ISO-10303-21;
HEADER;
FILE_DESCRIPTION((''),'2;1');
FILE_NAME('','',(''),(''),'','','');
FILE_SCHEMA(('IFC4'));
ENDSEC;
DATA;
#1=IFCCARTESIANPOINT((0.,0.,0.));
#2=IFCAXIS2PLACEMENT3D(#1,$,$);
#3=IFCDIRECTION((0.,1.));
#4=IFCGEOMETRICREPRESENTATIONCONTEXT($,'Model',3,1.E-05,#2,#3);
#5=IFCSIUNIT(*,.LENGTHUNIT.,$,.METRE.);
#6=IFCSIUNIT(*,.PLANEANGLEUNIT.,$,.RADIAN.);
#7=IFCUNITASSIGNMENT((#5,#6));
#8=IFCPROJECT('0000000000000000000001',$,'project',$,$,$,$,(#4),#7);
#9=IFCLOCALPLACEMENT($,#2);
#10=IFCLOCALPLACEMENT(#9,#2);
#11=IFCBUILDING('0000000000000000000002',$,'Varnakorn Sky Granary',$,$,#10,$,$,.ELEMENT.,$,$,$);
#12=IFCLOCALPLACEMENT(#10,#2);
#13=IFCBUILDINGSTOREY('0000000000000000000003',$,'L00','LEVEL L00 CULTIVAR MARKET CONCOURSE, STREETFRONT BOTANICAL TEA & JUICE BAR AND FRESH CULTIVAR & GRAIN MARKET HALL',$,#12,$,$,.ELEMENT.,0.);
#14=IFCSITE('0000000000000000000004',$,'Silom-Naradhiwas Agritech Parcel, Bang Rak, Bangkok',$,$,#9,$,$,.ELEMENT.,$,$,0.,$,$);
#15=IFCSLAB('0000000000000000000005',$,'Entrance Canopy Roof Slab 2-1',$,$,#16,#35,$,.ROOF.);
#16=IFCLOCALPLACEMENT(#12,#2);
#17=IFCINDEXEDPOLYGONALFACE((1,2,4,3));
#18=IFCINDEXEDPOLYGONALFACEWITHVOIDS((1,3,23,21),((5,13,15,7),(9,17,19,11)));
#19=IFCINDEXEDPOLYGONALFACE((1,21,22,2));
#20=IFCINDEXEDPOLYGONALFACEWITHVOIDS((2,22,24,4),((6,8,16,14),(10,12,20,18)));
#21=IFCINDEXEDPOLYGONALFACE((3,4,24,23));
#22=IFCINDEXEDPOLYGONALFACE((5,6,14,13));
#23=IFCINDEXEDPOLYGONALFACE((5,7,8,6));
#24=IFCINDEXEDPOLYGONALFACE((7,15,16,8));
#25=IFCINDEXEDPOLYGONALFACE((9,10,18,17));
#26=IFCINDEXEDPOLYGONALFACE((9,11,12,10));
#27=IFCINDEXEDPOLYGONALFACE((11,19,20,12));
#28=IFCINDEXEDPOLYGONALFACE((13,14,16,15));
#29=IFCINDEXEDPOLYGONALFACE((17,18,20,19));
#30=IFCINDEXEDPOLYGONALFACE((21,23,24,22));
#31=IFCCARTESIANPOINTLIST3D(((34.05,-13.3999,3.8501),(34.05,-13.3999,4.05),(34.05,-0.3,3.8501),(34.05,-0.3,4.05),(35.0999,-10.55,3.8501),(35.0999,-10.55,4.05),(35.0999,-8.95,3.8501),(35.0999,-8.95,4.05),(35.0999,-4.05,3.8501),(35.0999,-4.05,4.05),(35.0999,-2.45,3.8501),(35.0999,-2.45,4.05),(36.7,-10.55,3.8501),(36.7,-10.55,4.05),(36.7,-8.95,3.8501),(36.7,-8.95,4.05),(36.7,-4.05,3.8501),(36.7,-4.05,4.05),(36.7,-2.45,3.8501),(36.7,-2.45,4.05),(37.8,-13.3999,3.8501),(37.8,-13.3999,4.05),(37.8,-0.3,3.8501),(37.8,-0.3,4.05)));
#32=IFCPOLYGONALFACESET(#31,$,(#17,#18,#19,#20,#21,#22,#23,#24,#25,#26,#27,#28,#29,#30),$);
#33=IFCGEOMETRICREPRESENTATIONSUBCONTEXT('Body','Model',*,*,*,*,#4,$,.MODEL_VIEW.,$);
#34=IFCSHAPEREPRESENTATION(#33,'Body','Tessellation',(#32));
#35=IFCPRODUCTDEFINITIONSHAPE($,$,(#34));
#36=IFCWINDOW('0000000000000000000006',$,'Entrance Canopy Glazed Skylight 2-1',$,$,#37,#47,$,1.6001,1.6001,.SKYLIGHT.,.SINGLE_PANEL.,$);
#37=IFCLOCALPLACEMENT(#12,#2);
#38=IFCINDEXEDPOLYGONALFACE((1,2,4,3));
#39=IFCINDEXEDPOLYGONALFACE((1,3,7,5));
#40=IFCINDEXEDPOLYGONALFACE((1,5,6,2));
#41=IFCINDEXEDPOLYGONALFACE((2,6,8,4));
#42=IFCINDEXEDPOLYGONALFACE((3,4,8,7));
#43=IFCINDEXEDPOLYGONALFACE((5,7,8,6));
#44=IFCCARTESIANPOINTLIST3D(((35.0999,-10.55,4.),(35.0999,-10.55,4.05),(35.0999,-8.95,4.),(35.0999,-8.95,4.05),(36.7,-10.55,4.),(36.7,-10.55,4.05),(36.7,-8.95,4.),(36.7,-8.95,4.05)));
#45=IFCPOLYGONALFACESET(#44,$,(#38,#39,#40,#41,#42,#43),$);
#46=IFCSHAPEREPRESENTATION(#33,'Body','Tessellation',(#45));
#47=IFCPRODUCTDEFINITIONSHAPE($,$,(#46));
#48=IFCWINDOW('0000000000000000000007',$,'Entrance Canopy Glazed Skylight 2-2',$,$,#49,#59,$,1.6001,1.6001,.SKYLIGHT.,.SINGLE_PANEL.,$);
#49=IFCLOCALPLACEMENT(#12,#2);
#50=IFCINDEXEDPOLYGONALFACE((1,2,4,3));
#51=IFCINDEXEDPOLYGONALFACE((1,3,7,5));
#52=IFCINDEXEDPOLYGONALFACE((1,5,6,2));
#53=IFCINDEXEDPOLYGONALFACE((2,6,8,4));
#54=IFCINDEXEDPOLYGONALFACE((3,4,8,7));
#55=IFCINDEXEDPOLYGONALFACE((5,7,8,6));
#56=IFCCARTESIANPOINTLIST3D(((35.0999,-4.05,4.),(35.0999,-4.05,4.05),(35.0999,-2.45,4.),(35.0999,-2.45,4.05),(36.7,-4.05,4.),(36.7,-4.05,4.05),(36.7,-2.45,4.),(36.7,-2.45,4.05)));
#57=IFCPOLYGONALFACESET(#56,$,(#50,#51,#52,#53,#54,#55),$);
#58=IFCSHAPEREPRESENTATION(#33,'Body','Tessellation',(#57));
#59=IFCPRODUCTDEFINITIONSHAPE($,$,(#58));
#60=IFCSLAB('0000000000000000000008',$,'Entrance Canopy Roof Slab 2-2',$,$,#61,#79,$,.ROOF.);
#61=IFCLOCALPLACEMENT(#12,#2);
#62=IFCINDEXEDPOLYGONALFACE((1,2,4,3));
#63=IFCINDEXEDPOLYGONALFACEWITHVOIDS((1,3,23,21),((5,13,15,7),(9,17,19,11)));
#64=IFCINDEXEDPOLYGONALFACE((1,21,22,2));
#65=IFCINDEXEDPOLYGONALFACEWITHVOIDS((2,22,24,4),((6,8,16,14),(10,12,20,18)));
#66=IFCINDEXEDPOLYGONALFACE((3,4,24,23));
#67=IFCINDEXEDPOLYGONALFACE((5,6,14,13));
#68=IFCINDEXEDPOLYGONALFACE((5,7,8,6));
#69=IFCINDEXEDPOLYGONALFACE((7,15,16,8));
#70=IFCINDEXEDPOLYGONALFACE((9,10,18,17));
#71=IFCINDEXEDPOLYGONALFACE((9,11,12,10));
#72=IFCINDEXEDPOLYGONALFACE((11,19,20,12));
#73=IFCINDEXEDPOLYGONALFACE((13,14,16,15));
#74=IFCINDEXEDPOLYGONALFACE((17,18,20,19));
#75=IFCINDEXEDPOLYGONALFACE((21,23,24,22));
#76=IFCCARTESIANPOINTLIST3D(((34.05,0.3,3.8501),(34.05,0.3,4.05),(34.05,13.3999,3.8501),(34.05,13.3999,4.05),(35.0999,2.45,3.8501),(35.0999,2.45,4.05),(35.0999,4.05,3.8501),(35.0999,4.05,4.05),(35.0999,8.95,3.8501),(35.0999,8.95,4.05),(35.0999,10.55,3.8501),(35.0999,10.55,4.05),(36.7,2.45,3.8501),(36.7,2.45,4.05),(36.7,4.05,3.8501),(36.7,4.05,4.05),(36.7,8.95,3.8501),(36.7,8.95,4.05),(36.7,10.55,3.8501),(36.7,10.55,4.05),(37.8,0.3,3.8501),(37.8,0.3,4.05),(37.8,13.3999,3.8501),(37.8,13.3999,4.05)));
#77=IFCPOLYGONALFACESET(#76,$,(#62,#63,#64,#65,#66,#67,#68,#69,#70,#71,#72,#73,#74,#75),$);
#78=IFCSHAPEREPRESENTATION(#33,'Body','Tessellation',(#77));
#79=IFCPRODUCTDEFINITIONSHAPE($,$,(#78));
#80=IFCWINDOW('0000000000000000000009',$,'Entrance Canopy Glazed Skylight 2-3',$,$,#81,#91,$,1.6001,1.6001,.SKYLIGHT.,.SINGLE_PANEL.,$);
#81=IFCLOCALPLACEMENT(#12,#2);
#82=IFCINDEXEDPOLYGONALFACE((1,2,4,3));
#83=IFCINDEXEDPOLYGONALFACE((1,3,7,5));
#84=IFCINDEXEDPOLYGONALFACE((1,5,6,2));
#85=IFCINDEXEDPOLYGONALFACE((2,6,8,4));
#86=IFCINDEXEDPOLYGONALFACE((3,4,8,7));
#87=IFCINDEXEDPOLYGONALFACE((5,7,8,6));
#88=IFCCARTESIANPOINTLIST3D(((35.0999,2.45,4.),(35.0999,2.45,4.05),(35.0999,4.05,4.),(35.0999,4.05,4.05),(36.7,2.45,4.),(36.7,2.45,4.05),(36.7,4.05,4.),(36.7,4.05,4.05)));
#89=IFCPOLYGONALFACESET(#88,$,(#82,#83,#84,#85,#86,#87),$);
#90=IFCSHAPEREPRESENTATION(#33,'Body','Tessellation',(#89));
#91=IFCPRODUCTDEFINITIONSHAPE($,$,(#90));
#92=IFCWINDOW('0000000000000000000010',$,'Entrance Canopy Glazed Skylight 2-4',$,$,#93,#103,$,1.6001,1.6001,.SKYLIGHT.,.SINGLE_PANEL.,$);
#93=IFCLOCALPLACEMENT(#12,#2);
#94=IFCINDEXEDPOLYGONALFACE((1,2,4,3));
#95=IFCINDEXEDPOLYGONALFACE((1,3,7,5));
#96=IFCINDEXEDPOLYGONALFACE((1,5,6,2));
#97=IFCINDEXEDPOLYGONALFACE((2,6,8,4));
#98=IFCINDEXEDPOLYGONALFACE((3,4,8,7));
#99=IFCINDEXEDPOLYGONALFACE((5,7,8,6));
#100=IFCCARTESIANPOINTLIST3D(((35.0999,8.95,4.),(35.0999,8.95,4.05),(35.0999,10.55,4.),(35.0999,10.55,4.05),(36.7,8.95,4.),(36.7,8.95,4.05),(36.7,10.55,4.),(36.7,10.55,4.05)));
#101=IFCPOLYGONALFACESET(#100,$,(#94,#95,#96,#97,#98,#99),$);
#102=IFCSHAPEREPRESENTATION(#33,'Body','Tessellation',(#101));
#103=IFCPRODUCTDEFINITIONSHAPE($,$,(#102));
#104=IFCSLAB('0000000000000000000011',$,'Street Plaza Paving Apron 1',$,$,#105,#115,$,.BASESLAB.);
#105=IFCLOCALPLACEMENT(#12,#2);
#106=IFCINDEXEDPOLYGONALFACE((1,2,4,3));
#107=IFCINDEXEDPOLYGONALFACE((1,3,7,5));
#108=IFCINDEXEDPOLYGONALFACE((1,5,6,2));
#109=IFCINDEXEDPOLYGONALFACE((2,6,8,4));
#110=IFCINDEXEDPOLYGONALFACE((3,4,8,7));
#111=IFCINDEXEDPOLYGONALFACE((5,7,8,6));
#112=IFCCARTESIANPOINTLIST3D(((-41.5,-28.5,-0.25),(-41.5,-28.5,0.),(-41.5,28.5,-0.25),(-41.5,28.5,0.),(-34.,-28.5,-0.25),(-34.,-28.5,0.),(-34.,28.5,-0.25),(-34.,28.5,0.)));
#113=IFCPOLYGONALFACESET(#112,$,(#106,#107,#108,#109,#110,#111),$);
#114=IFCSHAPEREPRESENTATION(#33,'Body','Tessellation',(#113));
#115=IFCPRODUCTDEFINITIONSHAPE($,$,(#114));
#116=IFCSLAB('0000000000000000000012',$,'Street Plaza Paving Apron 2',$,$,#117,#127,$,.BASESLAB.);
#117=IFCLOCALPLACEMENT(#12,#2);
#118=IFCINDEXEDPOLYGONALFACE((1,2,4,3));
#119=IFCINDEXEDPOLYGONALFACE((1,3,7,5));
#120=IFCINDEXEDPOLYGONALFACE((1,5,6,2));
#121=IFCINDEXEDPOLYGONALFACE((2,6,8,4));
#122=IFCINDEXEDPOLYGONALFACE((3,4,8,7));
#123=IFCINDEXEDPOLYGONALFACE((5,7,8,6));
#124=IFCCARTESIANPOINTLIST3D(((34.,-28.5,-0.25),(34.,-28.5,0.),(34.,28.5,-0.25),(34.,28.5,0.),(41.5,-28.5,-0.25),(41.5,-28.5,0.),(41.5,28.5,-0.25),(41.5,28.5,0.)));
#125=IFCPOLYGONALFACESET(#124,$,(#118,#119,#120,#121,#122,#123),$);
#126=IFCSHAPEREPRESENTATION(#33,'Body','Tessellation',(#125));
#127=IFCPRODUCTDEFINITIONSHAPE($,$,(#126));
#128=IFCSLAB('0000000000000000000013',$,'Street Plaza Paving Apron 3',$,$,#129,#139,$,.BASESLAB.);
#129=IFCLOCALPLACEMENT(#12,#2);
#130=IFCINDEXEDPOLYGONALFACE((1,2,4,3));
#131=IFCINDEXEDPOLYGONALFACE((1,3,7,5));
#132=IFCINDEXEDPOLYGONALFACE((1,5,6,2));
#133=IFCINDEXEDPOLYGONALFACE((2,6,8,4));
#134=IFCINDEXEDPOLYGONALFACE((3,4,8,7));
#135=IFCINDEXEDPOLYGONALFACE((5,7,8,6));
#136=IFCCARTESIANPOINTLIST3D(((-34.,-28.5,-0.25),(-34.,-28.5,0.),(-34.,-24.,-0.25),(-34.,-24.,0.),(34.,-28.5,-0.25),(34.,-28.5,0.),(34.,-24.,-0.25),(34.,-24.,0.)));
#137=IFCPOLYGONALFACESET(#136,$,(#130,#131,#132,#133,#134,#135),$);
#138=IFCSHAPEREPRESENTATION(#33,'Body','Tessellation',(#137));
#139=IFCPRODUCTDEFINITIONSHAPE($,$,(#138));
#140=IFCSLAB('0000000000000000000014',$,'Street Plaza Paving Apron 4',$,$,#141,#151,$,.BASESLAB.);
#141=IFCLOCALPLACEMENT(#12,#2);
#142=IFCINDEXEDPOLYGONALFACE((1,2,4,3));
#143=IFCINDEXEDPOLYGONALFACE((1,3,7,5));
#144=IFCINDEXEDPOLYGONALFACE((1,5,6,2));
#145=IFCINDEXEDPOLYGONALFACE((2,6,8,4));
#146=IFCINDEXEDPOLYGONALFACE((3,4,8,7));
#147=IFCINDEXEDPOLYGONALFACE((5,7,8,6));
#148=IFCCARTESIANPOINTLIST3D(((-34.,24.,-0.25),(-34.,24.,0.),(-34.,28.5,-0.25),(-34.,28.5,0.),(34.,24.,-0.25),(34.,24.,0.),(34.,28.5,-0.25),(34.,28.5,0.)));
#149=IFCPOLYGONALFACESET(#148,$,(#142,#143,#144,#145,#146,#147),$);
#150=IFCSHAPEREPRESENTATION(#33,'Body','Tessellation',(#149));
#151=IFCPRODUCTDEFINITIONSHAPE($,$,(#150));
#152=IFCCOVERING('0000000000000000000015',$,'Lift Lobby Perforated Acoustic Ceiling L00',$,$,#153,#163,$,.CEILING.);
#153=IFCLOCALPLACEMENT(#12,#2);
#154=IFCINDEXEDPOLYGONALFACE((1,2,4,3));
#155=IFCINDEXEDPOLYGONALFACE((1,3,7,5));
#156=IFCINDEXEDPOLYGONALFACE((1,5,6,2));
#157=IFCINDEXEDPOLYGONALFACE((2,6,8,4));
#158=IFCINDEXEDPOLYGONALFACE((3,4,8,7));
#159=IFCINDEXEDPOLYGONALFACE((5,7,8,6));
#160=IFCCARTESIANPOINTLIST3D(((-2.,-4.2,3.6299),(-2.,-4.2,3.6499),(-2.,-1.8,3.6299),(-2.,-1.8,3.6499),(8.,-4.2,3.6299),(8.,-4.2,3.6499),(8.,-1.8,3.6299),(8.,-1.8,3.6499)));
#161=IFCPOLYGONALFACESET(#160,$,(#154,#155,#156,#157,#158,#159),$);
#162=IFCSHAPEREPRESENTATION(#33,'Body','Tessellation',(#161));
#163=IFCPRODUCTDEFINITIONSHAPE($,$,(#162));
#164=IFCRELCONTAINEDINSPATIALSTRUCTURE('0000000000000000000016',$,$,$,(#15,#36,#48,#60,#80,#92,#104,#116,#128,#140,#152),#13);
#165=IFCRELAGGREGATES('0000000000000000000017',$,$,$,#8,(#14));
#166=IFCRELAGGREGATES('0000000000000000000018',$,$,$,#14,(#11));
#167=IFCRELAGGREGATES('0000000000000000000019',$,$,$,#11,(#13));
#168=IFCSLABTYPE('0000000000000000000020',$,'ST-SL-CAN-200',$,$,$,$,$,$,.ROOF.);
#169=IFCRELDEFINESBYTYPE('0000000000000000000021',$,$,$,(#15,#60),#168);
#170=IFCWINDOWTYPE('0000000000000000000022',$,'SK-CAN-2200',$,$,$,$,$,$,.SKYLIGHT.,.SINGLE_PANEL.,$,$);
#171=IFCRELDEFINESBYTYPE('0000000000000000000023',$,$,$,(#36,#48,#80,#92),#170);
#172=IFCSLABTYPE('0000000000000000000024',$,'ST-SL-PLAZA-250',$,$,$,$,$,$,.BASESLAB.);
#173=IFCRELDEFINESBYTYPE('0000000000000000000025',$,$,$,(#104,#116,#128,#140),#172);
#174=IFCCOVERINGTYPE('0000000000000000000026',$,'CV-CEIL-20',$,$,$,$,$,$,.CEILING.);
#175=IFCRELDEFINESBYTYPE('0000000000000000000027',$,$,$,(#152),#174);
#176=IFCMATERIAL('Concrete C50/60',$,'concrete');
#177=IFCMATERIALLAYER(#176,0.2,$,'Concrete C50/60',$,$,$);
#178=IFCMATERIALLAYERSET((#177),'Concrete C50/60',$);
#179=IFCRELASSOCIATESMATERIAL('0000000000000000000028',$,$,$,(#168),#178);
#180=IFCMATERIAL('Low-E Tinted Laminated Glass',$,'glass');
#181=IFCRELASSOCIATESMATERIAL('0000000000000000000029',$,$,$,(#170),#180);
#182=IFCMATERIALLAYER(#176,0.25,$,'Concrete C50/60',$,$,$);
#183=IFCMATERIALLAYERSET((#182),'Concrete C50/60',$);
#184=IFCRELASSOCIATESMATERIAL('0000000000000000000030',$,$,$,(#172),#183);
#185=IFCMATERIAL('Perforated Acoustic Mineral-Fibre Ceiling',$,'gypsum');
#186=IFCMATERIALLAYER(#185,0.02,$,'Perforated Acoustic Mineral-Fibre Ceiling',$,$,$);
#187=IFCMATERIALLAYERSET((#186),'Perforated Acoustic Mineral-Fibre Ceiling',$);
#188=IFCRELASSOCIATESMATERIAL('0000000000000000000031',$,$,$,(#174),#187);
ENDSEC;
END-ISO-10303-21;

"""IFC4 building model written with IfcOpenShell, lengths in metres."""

from ifc_helpers import new_model, si_unit, direction, frame, origin, origin_2d, place, context, subcontext, project, spatial, polyline, rectangle, outline, extrude, material, layer, layer_set, type_object, element, fill, save


model = new_model("IFC4")

# Units and contexts
model_context = context("Model", 3, precision=1e-05, world=origin(), true_north=direction((0.0, 1.0)))
body_context = subcontext(model_context, "Body", "Model", "MODEL_VIEW")
ifc_project = project(units=[si_unit("LENGTHUNIT", "METRE"), si_unit("PLANEANGLEUNIT", "RADIAN")], contexts=[model_context])

# Site, building, storey
site_placement = place(None, origin())
site = spatial("IfcSite", under=ifc_project, at=site_placement, Name="Silom-Naradhiwas Agritech Parcel, Bang Rak, Bangkok", CompositionType="ELEMENT", RefElevation=0.0)
building_placement = place(site_placement, origin())
building = spatial("IfcBuilding", under=site, at=building_placement, Name="Varnakorn Sky Granary", CompositionType="ELEMENT")
storey_placement = place(building_placement, origin())
storey = spatial("IfcBuildingStorey", under=building, at=storey_placement, Name="L00", Description="LEVEL L00 CULTIVAR MARKET CONCOURSE, STREETFRONT BOTANICAL TEA & JUICE BAR AND FRESH CULTIVAR & GRAIN MARKET HALL", CompositionType="ELEMENT", Elevation=0.0)

# Slabs, openings, windows
ifc_material_1 = material(Name="Concrete C50/60", Category="concrete")
ifc_layer_1 = layer(ifc_material_1, 0.2, Name="Concrete C50/60")
ifc_layer_set_1 = layer_set([ifc_layer_1], Name="Concrete C50/60")
slab_type_1 = type_object("IfcSlabType", Name="ST-SL-CAN-200", PredefinedType="ROOF", material=ifc_layer_set_1)
ifc_material_2 = material(Name="Low-E Tinted Laminated Glass", Category="glass")
window_type = type_object("IfcWindowType", Name="SK-CAN-2200", PartitioningType="SINGLE_PANEL", PredefinedType="SKYLIGHT", material=ifc_material_2)
slab_1_placement = place(storey_placement, frame((0.0, 0.0, 3.8501)))
slab_1 = element("IfcSlab", 1, at=slab_1_placement, inside=storey, type_object=slab_type_1, Name="Entrance Canopy Roof Slab 2-1", PredefinedType="ROOF", context=body_context, shape_type="SweptSolid", body=[
    extrude(outline(polyline([(34.05, -13.3999), (37.8, -13.3999), (37.8, -0.3), (34.05, -0.3), (34.05, -13.3999)])), origin(), (0.0, 0.0, 1.0), 0.2),
])
opening_1_placement = place(slab_1_placement, frame((35.8999, -9.75, 0.0)))
opening_1 = element("IfcOpeningElement", 2, at=opening_1_placement, cuts=slab_1, PredefinedType="OPENING", context=body_context, shape_type="SweptSolid", body=[
    extrude(rectangle(XDim=1.6001, YDim=1.6001, at=origin_2d()), frame((0.0, 0.0, -0.01)), (0.0, 0.0, 1.0), 0.22),
])
opening_2_placement = place(slab_1_placement, frame((35.8999, -3.25, 0.0)))
opening_2 = element("IfcOpeningElement", 3, at=opening_2_placement, cuts=slab_1, PredefinedType="OPENING", context=body_context, shape_type="SweptSolid", body=[
    extrude(rectangle(XDim=1.6001, YDim=1.6001, at=origin_2d()), frame((0.0, 0.0, -0.01)), (0.0, 0.0, 1.0), 0.22),
])
window_1_placement = place(opening_1_placement, frame((0.0, 0.0, 0.1499)))
window_1 = element("IfcWindow", 4, at=window_1_placement, inside=storey, type_object=window_type, Name="Entrance Canopy Glazed Skylight 2-1", OverallHeight=1.6001, OverallWidth=1.6001, PartitioningType="SINGLE_PANEL", PredefinedType="SKYLIGHT", context=body_context, shape_type="SweptSolid", body=[
    extrude(rectangle(XDim=1.6001, YDim=1.6001, at=origin_2d()), origin(), (0.0, 0.0, 1.0), 0.05),
])
fill(opening_1, window_1)
window_2_placement = place(opening_2_placement, frame((0.0, 0.0, 0.1499)))
window_2 = element("IfcWindow", 5, at=window_2_placement, inside=storey, type_object=window_type, Name="Entrance Canopy Glazed Skylight 2-2", OverallHeight=1.6001, OverallWidth=1.6001, PartitioningType="SINGLE_PANEL", PredefinedType="SKYLIGHT", context=body_context, shape_type="SweptSolid", body=[
    extrude(rectangle(XDim=1.6001, YDim=1.6001, at=origin_2d()), origin(), (0.0, 0.0, 1.0), 0.05),
])
fill(opening_2, window_2)
slab_2_placement = place(storey_placement, frame((0.0, 0.0, 3.8501)))
slab_2 = element("IfcSlab", 6, at=slab_2_placement, inside=storey, type_object=slab_type_1, Name="Entrance Canopy Roof Slab 2-2", PredefinedType="ROOF", context=body_context, shape_type="SweptSolid", body=[
    extrude(outline(polyline([(34.05, 0.3), (37.8, 0.3), (37.8, 13.3999), (34.05, 13.3999), (34.05, 0.3)])), origin(), (0.0, 0.0, 1.0), 0.2),
])
opening_3_placement = place(slab_2_placement, frame((35.8999, 3.25, 0.0)))
opening_3 = element("IfcOpeningElement", 7, at=opening_3_placement, cuts=slab_2, PredefinedType="OPENING", context=body_context, shape_type="SweptSolid", body=[
    extrude(rectangle(XDim=1.6001, YDim=1.6001, at=origin_2d()), frame((0.0, 0.0, -0.01)), (0.0, 0.0, 1.0), 0.22),
])
opening_4_placement = place(slab_2_placement, frame((35.8999, 9.75, 0.0)))
opening_4 = element("IfcOpeningElement", 8, at=opening_4_placement, cuts=slab_2, PredefinedType="OPENING", context=body_context, shape_type="SweptSolid", body=[
    extrude(rectangle(XDim=1.6001, YDim=1.6001, at=origin_2d()), frame((0.0, 0.0, -0.01)), (0.0, 0.0, 1.0), 0.22),
])
window_3_placement = place(opening_3_placement, frame((0.0, 0.0, 0.1499)))
window_3 = element("IfcWindow", 9, at=window_3_placement, inside=storey, type_object=window_type, Name="Entrance Canopy Glazed Skylight 2-3", OverallHeight=1.6001, OverallWidth=1.6001, PartitioningType="SINGLE_PANEL", PredefinedType="SKYLIGHT", context=body_context, shape_type="SweptSolid", body=[
    extrude(rectangle(XDim=1.6001, YDim=1.6001, at=origin_2d()), origin(), (0.0, 0.0, 1.0), 0.05),
])
fill(opening_3, window_3)
window_4_placement = place(opening_4_placement, frame((0.0, 0.0, 0.1499)))
window_4 = element("IfcWindow", 10, at=window_4_placement, inside=storey, type_object=window_type, Name="Entrance Canopy Glazed Skylight 2-4", OverallHeight=1.6001, OverallWidth=1.6001, PartitioningType="SINGLE_PANEL", PredefinedType="SKYLIGHT", context=body_context, shape_type="SweptSolid", body=[
    extrude(rectangle(XDim=1.6001, YDim=1.6001, at=origin_2d()), origin(), (0.0, 0.0, 1.0), 0.05),
])
fill(opening_4, window_4)

# Slabs
ifc_layer_2 = layer(ifc_material_1, 0.25, Name="Concrete C50/60")
ifc_layer_set_2 = layer_set([ifc_layer_2], Name="Concrete C50/60")
slab_type_2 = type_object("IfcSlabType", Name="ST-SL-PLAZA-250", PredefinedType="BASESLAB", material=ifc_layer_set_2)
slab_3_placement = place(storey_placement, frame((0.0, 0.0, -0.25)))
element("IfcSlab", 11, at=slab_3_placement, inside=storey, type_object=slab_type_2, Name="Street Plaza Paving Apron 1", PredefinedType="BASESLAB", context=body_context, shape_type="SweptSolid", body=[
    extrude(outline(polyline([(-41.5, -28.5), (-34.0, -28.5), (-34.0, 28.5), (-41.5, 28.5), (-41.5, -28.5)])), origin(), (0.0, 0.0, 1.0), 0.25),
])
slab_4_placement = place(storey_placement, frame((0.0, 0.0, -0.25)))
element("IfcSlab", 12, at=slab_4_placement, inside=storey, type_object=slab_type_2, Name="Street Plaza Paving Apron 2", PredefinedType="BASESLAB", context=body_context, shape_type="SweptSolid", body=[
    extrude(outline(polyline([(34.0, -28.5), (41.5, -28.5), (41.5, 28.5), (34.0, 28.5), (34.0, -28.5)])), origin(), (0.0, 0.0, 1.0), 0.25),
])
slab_5_placement = place(storey_placement, frame((0.0, 0.0, -0.25)))
element("IfcSlab", 13, at=slab_5_placement, inside=storey, type_object=slab_type_2, Name="Street Plaza Paving Apron 3", PredefinedType="BASESLAB", context=body_context, shape_type="SweptSolid", body=[
    extrude(outline(polyline([(-34.0, -28.5), (34.0, -28.5), (34.0, -24.0), (-34.0, -24.0), (-34.0, -28.5)])), origin(), (0.0, 0.0, 1.0), 0.25),
])
slab_6_placement = place(storey_placement, frame((0.0, 0.0, -0.25)))
element("IfcSlab", 14, at=slab_6_placement, inside=storey, type_object=slab_type_2, Name="Street Plaza Paving Apron 4", PredefinedType="BASESLAB", context=body_context, shape_type="SweptSolid", body=[
    extrude(outline(polyline([(-34.0, 24.0), (34.0, 24.0), (34.0, 28.5), (-34.0, 28.5), (-34.0, 24.0)])), origin(), (0.0, 0.0, 1.0), 0.25),
])

# Covering
ifc_material_3 = material(Name="Perforated Acoustic Mineral-Fibre Ceiling", Category="gypsum")
ifc_layer_3 = layer(ifc_material_3, 0.02, Name="Perforated Acoustic Mineral-Fibre Ceiling")
ifc_layer_set_3 = layer_set([ifc_layer_3], Name="Perforated Acoustic Mineral-Fibre Ceiling")
covering_type = type_object("IfcCoveringType", Name="CV-CEIL-20", PredefinedType="CEILING", material=ifc_layer_set_3)
covering_placement = place(storey_placement, frame((0.0, 0.0, 3.6299)))
element("IfcCovering", 15, at=covering_placement, inside=storey, type_object=covering_type, Name="Lift Lobby Perforated Acoustic Ceiling L00", PredefinedType="CEILING", context=body_context, shape_type="SweptSolid", body=[
    extrude(outline(polyline([(-2.0, -4.2), (8.0, -4.2), (8.0, -1.8), (-2.0, -1.8), (-2.0, -4.2)])), origin(), (0.0, 0.0, 1.0), 0.02),
])

save(model, "model.ifc")
